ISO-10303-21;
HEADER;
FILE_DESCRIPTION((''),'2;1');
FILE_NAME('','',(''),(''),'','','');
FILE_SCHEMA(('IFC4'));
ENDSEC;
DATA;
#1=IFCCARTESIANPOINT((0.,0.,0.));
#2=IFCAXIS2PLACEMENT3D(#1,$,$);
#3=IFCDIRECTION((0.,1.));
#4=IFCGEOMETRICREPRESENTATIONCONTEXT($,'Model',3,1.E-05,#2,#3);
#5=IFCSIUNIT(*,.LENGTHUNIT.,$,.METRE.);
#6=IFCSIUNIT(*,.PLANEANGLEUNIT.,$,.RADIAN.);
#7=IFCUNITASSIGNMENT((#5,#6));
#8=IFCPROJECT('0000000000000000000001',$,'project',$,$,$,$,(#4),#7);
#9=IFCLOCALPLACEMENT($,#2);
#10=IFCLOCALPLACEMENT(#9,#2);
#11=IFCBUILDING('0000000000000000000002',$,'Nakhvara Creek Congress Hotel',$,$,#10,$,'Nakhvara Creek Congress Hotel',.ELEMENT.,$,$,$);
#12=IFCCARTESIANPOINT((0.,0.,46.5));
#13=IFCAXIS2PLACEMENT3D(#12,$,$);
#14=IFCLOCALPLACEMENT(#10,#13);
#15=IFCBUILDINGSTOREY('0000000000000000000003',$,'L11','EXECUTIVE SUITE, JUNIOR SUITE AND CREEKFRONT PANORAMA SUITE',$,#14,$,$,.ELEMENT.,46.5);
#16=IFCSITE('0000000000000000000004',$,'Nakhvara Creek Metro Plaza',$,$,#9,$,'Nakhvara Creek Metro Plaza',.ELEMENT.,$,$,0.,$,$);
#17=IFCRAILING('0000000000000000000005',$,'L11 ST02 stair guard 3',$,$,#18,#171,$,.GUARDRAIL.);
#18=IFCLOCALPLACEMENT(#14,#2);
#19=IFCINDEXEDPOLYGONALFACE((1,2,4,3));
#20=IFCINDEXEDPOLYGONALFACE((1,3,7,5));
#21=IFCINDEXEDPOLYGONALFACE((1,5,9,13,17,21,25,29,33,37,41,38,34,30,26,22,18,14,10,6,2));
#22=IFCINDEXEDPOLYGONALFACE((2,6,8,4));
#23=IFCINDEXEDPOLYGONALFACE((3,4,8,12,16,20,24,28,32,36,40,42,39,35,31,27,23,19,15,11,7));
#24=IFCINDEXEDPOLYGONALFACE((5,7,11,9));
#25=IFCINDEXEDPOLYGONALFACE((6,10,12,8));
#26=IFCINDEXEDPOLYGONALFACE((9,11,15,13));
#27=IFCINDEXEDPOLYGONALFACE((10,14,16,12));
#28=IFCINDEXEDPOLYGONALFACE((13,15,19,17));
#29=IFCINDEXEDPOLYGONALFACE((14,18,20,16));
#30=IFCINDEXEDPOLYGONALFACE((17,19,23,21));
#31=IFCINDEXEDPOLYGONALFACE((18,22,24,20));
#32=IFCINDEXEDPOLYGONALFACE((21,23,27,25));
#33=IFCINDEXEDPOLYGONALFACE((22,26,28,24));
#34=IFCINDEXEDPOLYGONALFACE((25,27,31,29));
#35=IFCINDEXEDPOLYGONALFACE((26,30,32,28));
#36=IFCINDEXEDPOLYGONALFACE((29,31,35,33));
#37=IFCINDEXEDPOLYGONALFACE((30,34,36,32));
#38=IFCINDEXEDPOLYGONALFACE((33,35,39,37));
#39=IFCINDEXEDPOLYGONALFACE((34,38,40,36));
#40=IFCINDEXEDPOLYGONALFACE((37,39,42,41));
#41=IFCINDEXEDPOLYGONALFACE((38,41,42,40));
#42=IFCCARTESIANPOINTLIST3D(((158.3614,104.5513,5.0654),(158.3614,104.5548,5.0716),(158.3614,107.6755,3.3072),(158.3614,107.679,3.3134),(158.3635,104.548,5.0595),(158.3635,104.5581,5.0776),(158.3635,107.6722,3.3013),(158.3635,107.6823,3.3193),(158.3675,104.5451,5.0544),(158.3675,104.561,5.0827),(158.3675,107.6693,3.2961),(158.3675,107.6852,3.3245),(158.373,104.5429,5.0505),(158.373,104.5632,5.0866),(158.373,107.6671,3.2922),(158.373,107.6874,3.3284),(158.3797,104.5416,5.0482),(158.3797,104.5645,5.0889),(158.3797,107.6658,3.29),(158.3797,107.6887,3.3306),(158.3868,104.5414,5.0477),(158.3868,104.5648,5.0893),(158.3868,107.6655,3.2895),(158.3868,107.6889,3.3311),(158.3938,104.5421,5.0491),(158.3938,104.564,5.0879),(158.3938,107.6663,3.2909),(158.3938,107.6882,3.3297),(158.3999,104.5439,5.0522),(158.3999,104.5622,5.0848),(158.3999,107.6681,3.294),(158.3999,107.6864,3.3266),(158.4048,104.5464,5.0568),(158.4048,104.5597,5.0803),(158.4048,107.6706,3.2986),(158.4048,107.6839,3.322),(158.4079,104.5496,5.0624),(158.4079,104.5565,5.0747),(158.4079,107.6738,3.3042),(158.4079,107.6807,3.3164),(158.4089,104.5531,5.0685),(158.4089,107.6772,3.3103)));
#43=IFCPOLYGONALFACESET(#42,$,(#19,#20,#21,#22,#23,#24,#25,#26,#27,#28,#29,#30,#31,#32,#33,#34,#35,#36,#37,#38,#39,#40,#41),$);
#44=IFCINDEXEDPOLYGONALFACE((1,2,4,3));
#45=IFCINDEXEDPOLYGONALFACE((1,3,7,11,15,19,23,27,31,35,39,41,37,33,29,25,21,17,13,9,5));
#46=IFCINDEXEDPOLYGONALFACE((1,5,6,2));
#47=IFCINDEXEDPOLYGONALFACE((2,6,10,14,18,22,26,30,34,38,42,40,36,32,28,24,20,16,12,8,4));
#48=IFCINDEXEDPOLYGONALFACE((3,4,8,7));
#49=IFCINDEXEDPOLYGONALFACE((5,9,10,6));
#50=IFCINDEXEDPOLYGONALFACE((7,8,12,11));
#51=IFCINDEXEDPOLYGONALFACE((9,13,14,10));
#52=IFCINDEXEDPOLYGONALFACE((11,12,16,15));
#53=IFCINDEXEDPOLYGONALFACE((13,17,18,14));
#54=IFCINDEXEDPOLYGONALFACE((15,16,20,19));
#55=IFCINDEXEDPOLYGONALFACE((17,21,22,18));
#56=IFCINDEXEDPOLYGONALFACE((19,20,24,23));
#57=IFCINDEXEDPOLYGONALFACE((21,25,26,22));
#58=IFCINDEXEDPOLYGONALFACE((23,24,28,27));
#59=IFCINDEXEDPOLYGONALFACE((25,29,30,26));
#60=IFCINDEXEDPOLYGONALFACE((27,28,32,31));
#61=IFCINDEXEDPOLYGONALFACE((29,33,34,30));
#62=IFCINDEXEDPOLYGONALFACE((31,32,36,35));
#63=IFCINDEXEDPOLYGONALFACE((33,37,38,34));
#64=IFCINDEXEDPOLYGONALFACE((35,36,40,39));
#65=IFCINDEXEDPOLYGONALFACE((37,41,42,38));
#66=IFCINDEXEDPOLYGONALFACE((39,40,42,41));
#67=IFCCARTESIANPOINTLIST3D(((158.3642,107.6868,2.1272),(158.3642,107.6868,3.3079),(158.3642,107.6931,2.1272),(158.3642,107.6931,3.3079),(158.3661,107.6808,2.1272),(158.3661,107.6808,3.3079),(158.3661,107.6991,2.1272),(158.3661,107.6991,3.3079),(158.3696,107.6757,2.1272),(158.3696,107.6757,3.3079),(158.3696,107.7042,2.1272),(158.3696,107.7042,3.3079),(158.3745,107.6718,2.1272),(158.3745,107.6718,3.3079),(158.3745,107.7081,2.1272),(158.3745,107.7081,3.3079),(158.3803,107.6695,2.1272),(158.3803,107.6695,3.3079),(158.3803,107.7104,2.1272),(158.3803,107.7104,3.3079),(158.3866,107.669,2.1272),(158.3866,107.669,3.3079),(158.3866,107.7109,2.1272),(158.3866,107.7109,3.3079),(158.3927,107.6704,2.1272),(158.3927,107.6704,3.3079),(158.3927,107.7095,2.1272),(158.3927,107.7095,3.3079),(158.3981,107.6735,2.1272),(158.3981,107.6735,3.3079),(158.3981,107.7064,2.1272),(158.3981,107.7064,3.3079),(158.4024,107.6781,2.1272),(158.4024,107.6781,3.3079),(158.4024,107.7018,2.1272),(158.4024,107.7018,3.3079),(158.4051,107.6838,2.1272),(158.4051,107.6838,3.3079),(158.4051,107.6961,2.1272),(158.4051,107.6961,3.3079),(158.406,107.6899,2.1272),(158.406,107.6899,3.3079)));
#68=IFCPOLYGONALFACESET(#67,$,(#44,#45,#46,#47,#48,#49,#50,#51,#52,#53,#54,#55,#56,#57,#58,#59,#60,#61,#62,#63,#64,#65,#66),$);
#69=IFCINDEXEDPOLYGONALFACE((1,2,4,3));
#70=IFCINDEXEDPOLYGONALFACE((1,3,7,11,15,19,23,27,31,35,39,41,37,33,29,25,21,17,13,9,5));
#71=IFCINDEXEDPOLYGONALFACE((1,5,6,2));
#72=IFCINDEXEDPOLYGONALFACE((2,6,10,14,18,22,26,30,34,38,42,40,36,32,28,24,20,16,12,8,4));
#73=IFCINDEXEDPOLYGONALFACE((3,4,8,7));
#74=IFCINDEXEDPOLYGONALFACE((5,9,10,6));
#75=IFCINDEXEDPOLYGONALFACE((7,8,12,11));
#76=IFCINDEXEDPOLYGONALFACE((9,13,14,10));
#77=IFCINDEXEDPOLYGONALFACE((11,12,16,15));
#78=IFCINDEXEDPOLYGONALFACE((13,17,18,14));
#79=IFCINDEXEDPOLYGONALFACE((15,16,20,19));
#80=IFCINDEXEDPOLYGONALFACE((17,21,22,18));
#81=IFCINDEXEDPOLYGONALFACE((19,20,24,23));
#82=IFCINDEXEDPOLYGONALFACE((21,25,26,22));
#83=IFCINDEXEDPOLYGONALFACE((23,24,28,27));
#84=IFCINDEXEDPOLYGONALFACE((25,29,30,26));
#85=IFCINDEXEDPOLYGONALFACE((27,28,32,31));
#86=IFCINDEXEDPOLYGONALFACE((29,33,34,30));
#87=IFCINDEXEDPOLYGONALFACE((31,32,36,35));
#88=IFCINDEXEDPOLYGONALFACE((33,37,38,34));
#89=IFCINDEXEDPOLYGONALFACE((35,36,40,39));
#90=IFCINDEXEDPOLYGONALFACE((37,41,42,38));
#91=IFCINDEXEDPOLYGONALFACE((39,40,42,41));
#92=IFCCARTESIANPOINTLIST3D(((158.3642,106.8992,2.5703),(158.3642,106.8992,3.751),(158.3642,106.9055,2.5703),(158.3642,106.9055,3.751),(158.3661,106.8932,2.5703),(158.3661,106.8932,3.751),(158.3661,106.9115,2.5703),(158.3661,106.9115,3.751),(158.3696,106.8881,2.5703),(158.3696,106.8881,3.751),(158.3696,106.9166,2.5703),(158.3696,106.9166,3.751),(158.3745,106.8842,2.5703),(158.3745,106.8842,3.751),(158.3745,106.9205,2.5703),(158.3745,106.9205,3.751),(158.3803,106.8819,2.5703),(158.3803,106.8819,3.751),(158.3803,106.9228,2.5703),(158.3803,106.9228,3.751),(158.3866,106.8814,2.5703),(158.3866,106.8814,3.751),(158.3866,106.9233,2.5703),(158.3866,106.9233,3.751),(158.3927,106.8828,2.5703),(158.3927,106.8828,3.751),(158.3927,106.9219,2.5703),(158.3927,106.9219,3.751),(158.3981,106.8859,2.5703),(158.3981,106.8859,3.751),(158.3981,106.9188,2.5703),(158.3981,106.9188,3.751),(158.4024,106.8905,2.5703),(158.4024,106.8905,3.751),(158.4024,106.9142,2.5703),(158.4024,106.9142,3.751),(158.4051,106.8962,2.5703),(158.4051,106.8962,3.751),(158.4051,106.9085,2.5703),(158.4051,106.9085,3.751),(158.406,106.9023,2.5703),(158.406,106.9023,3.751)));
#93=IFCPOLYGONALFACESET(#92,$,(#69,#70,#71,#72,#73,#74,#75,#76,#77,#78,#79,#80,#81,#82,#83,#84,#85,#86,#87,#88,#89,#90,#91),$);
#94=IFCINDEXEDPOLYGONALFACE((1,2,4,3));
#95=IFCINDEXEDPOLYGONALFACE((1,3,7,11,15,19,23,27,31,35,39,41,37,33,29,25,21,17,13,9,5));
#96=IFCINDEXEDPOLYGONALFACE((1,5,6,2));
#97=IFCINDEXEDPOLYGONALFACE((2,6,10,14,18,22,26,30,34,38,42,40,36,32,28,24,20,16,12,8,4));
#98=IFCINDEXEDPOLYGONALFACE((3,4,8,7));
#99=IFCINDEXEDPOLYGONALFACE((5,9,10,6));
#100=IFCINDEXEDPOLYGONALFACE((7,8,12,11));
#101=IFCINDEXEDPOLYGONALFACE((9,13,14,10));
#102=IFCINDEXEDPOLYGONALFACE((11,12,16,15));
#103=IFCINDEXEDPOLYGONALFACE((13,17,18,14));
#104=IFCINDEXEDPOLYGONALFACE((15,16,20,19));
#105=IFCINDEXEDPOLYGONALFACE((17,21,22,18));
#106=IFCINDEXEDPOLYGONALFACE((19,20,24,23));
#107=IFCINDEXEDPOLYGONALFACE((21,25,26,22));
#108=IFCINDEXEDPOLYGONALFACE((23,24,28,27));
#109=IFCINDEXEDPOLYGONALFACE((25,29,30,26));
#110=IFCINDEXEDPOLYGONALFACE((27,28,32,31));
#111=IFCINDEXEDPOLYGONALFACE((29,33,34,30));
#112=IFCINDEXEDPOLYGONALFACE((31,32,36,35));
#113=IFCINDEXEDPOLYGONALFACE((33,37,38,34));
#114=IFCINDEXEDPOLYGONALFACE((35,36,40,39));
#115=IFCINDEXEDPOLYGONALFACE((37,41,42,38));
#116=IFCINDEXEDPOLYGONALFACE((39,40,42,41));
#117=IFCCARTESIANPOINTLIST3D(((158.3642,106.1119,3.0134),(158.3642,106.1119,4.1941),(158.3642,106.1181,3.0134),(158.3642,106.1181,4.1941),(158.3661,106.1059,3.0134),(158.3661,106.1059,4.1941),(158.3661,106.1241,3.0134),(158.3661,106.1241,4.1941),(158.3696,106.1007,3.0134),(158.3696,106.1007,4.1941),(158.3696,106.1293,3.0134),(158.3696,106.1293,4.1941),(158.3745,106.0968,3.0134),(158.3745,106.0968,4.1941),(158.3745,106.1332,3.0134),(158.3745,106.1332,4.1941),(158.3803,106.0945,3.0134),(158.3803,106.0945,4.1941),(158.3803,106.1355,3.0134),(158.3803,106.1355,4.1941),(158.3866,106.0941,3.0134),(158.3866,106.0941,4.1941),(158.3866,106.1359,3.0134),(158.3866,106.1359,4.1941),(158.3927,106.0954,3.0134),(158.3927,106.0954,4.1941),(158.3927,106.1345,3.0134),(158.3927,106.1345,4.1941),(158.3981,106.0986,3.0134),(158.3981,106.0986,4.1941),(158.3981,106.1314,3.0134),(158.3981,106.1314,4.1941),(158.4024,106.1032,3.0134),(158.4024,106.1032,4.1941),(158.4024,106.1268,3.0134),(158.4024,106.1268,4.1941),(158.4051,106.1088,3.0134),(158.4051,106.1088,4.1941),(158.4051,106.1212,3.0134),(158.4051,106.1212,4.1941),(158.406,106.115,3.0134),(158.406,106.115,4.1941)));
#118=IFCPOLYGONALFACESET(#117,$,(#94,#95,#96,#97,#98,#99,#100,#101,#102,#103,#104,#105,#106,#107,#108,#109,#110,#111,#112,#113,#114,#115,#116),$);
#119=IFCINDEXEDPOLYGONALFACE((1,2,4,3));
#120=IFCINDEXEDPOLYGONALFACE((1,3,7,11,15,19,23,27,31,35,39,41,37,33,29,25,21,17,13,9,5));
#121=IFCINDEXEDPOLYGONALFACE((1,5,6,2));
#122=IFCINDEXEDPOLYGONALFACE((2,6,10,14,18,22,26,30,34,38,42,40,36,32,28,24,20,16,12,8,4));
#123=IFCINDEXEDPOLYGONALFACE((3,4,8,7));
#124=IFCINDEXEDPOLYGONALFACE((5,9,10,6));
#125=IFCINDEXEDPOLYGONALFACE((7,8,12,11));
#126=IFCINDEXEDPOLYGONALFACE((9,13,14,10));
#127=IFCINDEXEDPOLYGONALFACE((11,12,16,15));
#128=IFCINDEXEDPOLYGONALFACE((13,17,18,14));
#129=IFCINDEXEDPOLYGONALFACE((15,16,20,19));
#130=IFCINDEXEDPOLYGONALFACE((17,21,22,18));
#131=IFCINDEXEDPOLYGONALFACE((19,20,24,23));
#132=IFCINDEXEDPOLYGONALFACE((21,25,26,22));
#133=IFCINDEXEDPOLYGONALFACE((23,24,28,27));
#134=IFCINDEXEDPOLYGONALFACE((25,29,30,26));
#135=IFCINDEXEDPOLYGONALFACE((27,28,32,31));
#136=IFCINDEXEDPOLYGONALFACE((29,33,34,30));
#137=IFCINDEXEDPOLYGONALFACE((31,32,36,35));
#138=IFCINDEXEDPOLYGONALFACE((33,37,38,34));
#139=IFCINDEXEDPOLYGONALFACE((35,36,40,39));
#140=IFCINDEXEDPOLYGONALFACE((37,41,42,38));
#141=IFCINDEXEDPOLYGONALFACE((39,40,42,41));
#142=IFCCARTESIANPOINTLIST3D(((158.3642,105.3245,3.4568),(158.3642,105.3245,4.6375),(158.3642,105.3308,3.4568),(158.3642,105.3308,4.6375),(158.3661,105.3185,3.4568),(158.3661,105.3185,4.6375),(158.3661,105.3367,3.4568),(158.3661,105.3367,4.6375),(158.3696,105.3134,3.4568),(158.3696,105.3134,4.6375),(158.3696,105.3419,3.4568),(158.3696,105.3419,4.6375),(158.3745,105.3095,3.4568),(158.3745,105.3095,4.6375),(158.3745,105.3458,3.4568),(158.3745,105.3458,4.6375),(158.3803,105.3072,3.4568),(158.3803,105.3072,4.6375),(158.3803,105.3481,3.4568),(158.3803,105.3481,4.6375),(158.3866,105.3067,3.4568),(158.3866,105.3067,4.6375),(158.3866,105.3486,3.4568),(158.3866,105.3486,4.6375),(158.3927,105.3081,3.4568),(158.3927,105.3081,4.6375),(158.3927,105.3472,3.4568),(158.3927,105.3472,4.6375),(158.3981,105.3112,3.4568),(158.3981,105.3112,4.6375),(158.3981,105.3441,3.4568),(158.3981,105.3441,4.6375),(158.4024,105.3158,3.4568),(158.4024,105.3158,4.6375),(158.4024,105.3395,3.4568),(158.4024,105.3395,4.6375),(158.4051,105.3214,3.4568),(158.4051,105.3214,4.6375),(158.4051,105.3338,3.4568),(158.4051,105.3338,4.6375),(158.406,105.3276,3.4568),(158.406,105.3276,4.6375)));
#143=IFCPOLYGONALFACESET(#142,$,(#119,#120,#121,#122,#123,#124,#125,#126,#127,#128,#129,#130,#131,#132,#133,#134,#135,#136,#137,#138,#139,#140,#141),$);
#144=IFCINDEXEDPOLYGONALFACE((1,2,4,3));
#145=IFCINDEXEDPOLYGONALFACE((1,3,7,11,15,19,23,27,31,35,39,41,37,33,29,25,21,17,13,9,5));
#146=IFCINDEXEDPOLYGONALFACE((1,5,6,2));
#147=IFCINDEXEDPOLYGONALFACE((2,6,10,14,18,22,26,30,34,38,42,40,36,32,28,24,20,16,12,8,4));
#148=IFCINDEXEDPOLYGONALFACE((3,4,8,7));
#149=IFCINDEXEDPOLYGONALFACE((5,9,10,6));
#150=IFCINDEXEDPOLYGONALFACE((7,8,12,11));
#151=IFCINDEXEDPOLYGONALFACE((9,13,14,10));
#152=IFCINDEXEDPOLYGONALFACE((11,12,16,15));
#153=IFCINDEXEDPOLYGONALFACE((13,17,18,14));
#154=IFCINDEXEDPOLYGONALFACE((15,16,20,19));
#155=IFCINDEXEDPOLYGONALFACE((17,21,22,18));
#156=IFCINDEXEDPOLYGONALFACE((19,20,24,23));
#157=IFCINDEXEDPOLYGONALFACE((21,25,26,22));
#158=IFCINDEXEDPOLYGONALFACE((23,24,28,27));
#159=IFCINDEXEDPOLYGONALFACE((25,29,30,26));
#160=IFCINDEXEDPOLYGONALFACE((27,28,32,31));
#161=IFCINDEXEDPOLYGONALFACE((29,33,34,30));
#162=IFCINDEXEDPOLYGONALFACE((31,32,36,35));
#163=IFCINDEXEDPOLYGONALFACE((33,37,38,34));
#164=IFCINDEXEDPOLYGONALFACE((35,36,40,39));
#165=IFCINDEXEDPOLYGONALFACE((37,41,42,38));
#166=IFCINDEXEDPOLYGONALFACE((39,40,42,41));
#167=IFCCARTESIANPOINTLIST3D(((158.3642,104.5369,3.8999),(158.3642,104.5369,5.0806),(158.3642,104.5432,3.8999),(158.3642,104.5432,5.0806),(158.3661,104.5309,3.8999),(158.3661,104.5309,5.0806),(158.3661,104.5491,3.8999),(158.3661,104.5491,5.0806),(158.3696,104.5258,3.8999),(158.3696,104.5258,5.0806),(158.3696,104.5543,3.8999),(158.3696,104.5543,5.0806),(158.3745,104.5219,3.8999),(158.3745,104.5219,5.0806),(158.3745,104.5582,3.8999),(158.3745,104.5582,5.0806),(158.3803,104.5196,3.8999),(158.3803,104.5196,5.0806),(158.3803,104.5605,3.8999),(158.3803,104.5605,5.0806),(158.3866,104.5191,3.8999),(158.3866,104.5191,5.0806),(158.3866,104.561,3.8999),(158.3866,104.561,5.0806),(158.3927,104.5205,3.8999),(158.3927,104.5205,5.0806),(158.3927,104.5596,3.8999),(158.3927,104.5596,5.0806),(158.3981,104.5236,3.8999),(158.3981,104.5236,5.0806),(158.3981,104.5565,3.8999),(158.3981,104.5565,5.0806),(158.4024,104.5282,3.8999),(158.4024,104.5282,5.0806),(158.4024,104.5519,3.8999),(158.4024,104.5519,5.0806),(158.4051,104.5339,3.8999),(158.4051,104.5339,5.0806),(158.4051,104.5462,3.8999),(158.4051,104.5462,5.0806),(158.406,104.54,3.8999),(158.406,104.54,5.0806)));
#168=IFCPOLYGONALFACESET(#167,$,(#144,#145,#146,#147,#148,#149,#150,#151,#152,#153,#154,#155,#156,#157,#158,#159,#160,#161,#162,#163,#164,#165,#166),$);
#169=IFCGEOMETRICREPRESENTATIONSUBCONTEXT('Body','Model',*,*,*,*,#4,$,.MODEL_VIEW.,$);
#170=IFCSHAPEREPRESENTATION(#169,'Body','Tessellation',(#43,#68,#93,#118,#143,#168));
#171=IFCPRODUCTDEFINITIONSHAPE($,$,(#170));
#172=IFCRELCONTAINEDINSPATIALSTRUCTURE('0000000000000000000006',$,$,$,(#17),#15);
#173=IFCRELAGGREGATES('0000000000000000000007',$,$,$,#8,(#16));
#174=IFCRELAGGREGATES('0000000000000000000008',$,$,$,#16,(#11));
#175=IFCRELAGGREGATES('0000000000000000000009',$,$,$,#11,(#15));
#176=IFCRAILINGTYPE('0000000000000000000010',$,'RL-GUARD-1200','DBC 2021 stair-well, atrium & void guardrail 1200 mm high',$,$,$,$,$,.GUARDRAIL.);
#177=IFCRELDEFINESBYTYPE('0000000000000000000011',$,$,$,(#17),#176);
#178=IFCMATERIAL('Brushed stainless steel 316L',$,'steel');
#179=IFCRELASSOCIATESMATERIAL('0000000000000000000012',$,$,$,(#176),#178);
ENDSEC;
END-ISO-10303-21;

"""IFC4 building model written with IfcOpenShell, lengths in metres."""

from ifc_helpers import new_model, si_unit, direction, frame, origin, origin_2d, place, context, subcontext, project, spatial, circle, extrude, material, type_object, element, save


model = new_model("IFC4")

# Units and contexts
model_context = context("Model", 3, precision=1e-05, world=origin(), true_north=direction((0.0, 1.0)))
body_context = subcontext(model_context, "Body", "Model", "MODEL_VIEW")
ifc_project = project(units=[si_unit("LENGTHUNIT", "METRE"), si_unit("PLANEANGLEUNIT", "RADIAN")], contexts=[model_context])

# Site, building, storey
site_placement = place(None, origin())
site = spatial("IfcSite", under=ifc_project, at=site_placement, Name="Nakhvara Creek Metro Plaza", LongName="Nakhvara Creek Metro Plaza", CompositionType="ELEMENT", RefElevation=0.0)
building_placement = place(site_placement, origin())
building = spatial("IfcBuilding", under=site, at=building_placement, Name="Nakhvara Creek Congress Hotel", LongName="Nakhvara Creek Congress Hotel", CompositionType="ELEMENT")
storey_placement = place(building_placement, frame((0.0, 0.0, 46.5)))
storey = spatial("IfcBuildingStorey", under=building, at=storey_placement, Name="L11", Description="EXECUTIVE SUITE, JUNIOR SUITE AND CREEKFRONT PANORAMA SUITE", CompositionType="ELEMENT", Elevation=46.5)

# Railing
ifc_material_1 = material(Name="Brushed stainless steel 316L", Category="steel")
railing_type_1 = type_object("IfcRailingType", Name="RL-GUARD-1200", Description="DBC 2021 stair-well, atrium & void guardrail 1200 mm high", PredefinedType="GUARDRAIL", material=ifc_material_1)
railing_1_placement = place(storey_placement, frame((158.385, 107.6899, 2.1272)))
element("IfcRailing", 1, at=railing_1_placement, inside=storey, type_object=railing_type_1, Name="L11 ST02 stair guard 3", PredefinedType="GUARDRAIL", context=body_context, shape_type="SweptSolid", body=[
    extrude(circle(Radius=0.0239, at=origin_2d()), frame((0.0, -0.0127, 1.1831), z_axis=(0.0, -0.871471, 0.490447), x_axis=(1.0, 0.0, 0.0)), (0.0, 0.0, 1.0), 3.585),
    extrude(circle(Radius=0.021, at=origin_2d()), origin(), (0.0, 0.0, 1.0), 1.1807),
    extrude(circle(Radius=0.021, at=origin_2d()), frame((0.0, -0.7876, 0.4431)), (0.0, 0.0, 1.0), 1.1807),
    extrude(circle(Radius=0.021, at=origin_2d()), frame((0.0, -1.575, 0.8862)), (0.0, 0.0, 1.0), 1.1807),
    extrude(circle(Radius=0.021, at=origin_2d()), frame((0.0, -2.3623, 1.3296)), (0.0, 0.0, 1.0), 1.1807),
    extrude(circle(Radius=0.021, at=origin_2d()), frame((0.0, -3.1499, 1.7727)), (0.0, 0.0, 1.0), 1.1807),
])

save(model, "model.ifc")
